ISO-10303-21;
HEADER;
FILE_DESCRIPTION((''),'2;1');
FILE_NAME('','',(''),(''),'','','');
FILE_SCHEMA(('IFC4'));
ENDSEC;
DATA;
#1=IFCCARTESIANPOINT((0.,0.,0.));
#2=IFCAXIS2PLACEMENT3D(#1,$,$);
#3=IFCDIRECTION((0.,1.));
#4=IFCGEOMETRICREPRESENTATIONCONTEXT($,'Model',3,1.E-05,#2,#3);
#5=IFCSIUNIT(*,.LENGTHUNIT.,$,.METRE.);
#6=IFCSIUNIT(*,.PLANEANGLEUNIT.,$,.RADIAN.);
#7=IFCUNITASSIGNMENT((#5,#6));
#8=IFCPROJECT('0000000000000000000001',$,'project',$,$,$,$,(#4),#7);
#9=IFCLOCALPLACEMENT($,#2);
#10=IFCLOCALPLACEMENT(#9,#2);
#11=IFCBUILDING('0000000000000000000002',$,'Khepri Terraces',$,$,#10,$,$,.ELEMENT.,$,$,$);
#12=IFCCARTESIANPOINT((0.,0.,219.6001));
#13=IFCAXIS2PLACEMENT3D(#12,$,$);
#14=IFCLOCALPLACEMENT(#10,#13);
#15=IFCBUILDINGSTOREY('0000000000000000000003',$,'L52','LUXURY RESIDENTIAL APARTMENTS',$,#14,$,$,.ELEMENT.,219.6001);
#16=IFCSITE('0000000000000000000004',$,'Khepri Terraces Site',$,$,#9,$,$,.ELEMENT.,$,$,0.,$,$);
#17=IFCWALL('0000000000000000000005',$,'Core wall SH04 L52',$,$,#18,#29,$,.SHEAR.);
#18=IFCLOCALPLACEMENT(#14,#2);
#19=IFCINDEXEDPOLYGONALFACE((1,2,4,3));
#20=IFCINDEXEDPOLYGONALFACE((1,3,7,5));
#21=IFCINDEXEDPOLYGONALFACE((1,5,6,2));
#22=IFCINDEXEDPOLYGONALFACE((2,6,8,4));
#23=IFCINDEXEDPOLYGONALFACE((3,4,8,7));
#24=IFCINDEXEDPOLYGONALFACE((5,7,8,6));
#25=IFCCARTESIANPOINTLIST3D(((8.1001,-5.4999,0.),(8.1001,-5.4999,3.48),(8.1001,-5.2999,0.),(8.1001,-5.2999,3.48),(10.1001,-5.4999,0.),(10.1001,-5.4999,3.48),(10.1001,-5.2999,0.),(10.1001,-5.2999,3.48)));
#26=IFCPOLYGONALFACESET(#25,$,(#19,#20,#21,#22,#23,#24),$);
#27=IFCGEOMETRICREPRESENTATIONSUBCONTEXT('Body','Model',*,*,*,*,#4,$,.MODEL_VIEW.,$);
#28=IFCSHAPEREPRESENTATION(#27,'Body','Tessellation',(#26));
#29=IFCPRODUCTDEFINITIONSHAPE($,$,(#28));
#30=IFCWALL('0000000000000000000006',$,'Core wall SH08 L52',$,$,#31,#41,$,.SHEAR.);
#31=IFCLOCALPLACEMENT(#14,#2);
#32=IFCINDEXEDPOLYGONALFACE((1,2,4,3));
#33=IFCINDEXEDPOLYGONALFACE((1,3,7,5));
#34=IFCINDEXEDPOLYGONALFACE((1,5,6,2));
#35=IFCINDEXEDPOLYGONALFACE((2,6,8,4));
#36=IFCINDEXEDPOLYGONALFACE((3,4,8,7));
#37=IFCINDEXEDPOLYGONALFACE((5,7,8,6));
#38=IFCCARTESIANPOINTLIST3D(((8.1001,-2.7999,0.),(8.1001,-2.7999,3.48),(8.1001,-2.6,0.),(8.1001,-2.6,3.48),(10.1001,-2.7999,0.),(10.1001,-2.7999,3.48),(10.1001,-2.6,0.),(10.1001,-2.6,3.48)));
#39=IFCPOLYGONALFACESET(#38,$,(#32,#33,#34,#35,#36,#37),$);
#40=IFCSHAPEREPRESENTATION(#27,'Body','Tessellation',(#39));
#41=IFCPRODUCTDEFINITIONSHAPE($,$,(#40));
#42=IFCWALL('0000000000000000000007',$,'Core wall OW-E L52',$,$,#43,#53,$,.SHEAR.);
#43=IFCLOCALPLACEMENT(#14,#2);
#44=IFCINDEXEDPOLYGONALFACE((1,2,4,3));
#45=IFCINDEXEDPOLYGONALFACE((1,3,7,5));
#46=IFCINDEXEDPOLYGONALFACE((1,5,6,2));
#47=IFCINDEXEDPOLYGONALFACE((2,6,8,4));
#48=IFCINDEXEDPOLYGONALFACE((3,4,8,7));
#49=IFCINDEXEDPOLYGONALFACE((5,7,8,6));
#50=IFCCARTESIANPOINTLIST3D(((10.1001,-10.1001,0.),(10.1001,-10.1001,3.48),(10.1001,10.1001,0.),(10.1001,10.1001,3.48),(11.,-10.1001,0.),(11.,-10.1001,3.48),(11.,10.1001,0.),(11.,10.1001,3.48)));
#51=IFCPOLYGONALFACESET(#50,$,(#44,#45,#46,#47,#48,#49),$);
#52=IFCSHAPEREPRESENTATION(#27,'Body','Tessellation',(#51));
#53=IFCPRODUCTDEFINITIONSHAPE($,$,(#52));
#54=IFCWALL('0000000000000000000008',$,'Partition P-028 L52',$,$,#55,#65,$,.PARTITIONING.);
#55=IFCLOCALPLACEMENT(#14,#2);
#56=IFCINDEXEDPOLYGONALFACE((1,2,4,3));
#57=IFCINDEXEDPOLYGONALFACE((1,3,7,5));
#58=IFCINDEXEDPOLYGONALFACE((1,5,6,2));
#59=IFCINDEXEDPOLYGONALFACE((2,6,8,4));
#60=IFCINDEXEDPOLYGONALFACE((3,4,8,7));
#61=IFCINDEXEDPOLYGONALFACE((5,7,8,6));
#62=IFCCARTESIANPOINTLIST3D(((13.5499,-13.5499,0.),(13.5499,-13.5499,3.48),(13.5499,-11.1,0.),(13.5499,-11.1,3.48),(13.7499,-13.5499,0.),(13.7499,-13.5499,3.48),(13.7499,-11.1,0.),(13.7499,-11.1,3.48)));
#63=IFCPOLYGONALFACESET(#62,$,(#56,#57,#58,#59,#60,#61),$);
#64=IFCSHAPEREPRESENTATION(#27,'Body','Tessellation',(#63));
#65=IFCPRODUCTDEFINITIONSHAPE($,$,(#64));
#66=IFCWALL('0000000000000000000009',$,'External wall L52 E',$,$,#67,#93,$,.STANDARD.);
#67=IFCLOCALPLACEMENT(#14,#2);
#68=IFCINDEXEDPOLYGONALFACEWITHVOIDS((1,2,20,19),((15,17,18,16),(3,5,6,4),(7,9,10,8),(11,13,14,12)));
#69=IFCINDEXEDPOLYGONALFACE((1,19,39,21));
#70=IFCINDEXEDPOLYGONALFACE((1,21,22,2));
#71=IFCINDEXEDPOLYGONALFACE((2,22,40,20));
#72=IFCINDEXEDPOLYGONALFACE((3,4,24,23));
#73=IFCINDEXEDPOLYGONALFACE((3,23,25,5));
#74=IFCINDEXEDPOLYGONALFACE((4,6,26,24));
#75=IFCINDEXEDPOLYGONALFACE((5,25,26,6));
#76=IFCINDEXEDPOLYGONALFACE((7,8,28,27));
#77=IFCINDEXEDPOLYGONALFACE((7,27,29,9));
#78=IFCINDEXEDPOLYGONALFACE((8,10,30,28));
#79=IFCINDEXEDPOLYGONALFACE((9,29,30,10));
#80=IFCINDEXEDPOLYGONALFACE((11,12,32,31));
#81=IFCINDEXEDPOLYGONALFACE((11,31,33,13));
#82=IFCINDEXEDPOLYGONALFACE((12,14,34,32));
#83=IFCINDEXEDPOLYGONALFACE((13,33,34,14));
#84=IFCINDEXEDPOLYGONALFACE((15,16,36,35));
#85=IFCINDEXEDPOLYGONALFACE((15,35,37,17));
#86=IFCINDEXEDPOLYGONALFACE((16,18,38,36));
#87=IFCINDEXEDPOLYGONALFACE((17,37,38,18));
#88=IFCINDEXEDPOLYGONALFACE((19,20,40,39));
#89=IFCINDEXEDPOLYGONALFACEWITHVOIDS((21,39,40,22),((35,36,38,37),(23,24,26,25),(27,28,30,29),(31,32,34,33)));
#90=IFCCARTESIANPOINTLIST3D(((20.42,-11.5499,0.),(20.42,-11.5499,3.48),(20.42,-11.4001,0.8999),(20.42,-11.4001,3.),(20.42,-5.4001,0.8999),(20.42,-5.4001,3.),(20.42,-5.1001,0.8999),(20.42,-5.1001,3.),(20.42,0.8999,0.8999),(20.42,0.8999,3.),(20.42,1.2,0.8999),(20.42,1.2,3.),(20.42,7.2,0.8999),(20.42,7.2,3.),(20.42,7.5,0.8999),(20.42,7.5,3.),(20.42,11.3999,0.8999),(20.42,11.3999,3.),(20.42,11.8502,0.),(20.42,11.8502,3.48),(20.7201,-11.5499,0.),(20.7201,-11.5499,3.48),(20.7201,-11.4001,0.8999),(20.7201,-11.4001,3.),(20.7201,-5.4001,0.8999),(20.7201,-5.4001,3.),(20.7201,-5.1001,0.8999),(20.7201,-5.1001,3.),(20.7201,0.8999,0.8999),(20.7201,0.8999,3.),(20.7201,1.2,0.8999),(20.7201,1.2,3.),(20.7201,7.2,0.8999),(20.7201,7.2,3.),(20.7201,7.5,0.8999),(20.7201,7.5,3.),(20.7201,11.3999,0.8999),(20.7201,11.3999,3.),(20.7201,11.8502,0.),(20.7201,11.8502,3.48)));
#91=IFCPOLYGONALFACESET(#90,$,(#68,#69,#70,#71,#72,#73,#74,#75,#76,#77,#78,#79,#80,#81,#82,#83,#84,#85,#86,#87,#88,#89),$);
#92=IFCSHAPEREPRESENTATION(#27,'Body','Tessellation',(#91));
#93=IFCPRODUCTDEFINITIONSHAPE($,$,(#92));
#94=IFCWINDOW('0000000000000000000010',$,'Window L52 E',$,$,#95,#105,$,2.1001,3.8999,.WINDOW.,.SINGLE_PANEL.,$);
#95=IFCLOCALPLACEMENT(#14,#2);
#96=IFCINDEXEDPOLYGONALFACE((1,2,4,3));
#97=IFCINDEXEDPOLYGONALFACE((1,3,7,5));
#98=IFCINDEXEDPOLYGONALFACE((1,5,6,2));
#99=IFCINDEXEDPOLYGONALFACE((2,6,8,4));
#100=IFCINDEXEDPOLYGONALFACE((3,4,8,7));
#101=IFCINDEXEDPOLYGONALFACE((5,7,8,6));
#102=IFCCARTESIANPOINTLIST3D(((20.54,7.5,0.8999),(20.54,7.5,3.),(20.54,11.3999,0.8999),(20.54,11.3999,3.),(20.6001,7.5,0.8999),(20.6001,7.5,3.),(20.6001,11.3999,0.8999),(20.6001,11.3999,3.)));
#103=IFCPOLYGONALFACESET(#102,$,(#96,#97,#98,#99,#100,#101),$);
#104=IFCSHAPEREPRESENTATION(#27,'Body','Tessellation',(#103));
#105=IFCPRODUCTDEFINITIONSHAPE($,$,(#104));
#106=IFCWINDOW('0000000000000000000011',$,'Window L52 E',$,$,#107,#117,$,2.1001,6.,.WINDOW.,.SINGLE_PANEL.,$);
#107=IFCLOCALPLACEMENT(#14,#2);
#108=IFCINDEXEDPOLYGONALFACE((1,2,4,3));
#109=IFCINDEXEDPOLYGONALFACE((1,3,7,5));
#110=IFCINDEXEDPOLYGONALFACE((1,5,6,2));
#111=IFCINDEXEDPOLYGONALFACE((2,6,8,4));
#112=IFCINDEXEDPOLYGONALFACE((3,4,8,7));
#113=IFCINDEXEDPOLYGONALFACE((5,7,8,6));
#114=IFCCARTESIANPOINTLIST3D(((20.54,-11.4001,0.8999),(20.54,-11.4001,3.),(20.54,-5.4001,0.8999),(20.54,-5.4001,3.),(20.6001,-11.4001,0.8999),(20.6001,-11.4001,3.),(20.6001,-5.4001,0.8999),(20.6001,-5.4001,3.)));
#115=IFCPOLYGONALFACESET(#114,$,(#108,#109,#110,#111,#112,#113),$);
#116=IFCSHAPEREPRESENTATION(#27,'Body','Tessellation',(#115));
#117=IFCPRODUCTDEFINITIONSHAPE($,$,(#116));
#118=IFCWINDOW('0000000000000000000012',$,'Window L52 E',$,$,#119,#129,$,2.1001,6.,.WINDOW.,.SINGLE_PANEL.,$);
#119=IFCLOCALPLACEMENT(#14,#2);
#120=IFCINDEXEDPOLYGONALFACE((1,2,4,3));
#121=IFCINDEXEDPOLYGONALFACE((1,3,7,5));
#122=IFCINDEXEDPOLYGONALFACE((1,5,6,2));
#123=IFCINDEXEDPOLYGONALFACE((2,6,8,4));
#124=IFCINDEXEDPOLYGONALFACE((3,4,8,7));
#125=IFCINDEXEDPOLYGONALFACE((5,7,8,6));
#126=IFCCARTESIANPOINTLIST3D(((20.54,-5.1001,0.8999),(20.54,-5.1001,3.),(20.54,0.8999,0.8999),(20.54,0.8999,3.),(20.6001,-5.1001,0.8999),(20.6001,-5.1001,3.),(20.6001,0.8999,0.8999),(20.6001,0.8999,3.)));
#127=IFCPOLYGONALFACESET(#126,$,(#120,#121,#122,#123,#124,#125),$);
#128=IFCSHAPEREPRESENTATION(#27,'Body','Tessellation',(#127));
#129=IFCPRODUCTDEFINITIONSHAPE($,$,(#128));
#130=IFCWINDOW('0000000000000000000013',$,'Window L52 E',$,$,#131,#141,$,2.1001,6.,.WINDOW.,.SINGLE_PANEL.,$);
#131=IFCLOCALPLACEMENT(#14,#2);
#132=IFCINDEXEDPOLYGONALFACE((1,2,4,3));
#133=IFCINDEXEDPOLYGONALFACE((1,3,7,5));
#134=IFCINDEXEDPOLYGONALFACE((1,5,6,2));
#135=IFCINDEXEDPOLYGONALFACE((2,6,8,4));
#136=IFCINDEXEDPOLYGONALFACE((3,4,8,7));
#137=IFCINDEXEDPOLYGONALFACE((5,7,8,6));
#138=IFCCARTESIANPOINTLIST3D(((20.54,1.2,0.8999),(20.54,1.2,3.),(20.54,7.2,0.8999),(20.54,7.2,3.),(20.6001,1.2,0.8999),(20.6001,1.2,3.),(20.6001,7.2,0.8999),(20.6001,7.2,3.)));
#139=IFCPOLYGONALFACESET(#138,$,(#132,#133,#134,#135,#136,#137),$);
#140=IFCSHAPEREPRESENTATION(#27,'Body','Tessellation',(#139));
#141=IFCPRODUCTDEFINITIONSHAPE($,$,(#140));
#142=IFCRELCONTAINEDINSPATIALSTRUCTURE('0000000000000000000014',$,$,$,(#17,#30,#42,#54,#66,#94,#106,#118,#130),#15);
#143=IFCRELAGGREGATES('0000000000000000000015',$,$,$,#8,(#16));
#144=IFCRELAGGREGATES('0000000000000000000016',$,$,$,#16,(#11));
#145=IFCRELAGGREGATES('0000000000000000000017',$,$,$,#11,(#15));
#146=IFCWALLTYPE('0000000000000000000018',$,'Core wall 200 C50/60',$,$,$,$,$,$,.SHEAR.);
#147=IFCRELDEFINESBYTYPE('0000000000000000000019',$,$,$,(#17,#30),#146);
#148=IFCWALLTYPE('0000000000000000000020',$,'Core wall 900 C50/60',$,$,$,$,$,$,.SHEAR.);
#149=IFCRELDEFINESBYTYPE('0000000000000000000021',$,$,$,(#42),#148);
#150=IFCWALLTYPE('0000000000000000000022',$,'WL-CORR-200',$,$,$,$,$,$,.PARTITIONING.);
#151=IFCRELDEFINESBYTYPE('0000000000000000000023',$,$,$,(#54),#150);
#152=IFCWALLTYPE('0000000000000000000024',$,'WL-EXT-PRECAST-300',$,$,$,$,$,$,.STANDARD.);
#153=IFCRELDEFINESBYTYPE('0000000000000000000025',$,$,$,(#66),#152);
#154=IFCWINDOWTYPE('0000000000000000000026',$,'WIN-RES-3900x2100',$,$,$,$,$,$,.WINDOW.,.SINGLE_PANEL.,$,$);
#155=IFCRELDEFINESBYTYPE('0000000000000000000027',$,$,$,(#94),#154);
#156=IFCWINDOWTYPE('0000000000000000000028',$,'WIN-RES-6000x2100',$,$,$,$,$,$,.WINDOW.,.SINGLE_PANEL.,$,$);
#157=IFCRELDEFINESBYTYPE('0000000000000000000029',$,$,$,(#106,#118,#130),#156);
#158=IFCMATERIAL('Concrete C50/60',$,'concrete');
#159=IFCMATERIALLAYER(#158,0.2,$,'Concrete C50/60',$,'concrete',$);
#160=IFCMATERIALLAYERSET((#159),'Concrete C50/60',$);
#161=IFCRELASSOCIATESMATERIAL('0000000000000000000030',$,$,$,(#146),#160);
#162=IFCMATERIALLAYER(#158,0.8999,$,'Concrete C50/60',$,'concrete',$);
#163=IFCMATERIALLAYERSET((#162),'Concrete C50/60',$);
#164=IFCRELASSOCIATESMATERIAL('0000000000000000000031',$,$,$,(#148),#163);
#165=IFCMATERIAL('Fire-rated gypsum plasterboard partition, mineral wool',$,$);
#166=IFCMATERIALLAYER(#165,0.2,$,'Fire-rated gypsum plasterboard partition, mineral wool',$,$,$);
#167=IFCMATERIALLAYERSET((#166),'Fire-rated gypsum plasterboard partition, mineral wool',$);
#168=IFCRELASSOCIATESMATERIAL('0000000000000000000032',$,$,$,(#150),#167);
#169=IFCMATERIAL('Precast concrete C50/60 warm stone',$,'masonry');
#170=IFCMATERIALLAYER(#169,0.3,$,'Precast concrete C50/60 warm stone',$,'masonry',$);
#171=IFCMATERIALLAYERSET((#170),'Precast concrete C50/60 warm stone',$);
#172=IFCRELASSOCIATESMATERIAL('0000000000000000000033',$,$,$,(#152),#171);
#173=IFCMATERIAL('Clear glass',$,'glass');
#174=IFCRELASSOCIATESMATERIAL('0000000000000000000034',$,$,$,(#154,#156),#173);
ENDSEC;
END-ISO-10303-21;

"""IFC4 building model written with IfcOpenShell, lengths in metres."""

from ifc_helpers import new_model, si_unit, direction, frame, frame_2d, origin, place, context, subcontext, project, spatial, rectangle, extrude, material, layer, layer_set, type_object, element, fill, save


model = new_model("IFC4")

# Units and contexts
model_context = context("Model", 3, precision=1e-05, world=origin(), true_north=direction((0.0, 1.0)))
body_context = subcontext(model_context, "Body", "Model", "MODEL_VIEW")
ifc_project = project(units=[si_unit("LENGTHUNIT", "METRE"), si_unit("PLANEANGLEUNIT", "RADIAN")], contexts=[model_context])

# Site, building, storey
site_placement = place(None, origin())
site = spatial("IfcSite", under=ifc_project, at=site_placement, Name="Khepri Terraces Site", CompositionType="ELEMENT", RefElevation=0.0)
building_placement = place(site_placement, origin())
building = spatial("IfcBuilding", under=site, at=building_placement, Name="Khepri Terraces", CompositionType="ELEMENT")
storey_placement = place(building_placement, frame((0.0, 0.0, 219.6001)))
storey = spatial("IfcBuildingStorey", under=building, at=storey_placement, Name="L52", Description="LUXURY RESIDENTIAL APARTMENTS", CompositionType="ELEMENT", Elevation=219.6001)

# Walls
ifc_material_1 = material(Name="Concrete C50/60", Category="concrete")
ifc_layer_1 = layer(ifc_material_1, 0.2, Name="Concrete C50/60", Category="concrete")
ifc_layer_set_1 = layer_set([ifc_layer_1], Name="Concrete C50/60")
wall_type_1 = type_object("IfcWallType", Name="Core wall 200 C50/60", PredefinedType="SHEAR", material=ifc_layer_set_1)
for number, where, z_axis, x_axis, name in (
    (1, (8.1001, -5.3999, 0.0), (0.0, 0.0, 1.0), (1.0, 0.0, 0.0), "Core wall SH04 L52"),
    (2, (8.1001, -2.7, 0.0), (0.0, 0.0, 1.0), (1.0, 0.0, 0.0), "Core wall SH08 L52"),
):
    element("IfcWall", number, at=place(storey_placement, frame(where, z_axis=z_axis, x_axis=x_axis)), inside=storey, type_object=wall_type_1, Name=name, PredefinedType="SHEAR", context=body_context, shape_type="SweptSolid", body=[
        extrude(rectangle(XDim=2.0, YDim=0.2, at=frame_2d((1.0, 0.0))), origin(), (0.0, 0.0, 1.0), 3.48),
    ])
ifc_layer_2 = layer(ifc_material_1, 0.8999, Name="Concrete C50/60", Category="concrete")
ifc_layer_set_2 = layer_set([ifc_layer_2], Name="Concrete C50/60")
wall_type_2 = type_object("IfcWallType", Name="Core wall 900 C50/60", PredefinedType="SHEAR", material=ifc_layer_set_2)
wall_1_placement = place(storey_placement, frame((10.55, -10.1001, 0.0), z_axis=(0.0, 0.0, 1.0), x_axis=(0.0, 1.0, 0.0)))
element("IfcWall", 3, at=wall_1_placement, inside=storey, type_object=wall_type_2, Name="Core wall OW-E L52", PredefinedType="SHEAR", context=body_context, shape_type="SweptSolid", body=[
    extrude(rectangle(XDim=20.2002, YDim=0.8999, at=frame_2d((10.1001, 0.0))), origin(), (0.0, 0.0, 1.0), 3.48),
])
ifc_material_2 = material(Name="Fire-rated gypsum plasterboard partition, mineral wool")
ifc_layer_3 = layer(ifc_material_2, 0.2, Name="Fire-rated gypsum plasterboard partition, mineral wool")
ifc_layer_set_3 = layer_set([ifc_layer_3], Name="Fire-rated gypsum plasterboard partition, mineral wool")
wall_type_3 = type_object("IfcWallType", Name="WL-CORR-200", PredefinedType="PARTITIONING", material=ifc_layer_set_3)
wall_2_placement = place(storey_placement, frame((13.6499, -13.55, 0.0), z_axis=(0.0, 0.0, 1.0), x_axis=(0.0, 1.0, 0.0)))
element("IfcWall", 4, at=wall_2_placement, inside=storey, type_object=wall_type_3, Name="Partition P-028 L52", PredefinedType="PARTITIONING", context=body_context, shape_type="SweptSolid", body=[
    extrude(rectangle(XDim=2.45, YDim=0.2, at=frame_2d((1.2251, 0.0))), origin(), (0.0, 0.0, 1.0), 3.48),
])

# Shared definitions
ifc_material_3 = material(Name="Precast concrete C50/60 warm stone", Category="masonry")
ifc_layer_4 = layer(ifc_material_3, 0.3, Name="Precast concrete C50/60 warm stone", Category="masonry")
ifc_layer_set_4 = layer_set([ifc_layer_4], Name="Precast concrete C50/60 warm stone")
wall_type_4 = type_object("IfcWallType", Name="WL-EXT-PRECAST-300", PredefinedType="STANDARD", material=ifc_layer_set_4)

# Wall, openings, windows
wall_3_placement = place(storey_placement, frame((20.5701, -11.55, 0.0), z_axis=(0.0, 0.0, 1.0), x_axis=(0.0, 1.0, 0.0)))
wall_3 = element("IfcWall", 5, at=wall_3_placement, inside=storey, type_object=wall_type_4, Name="External wall L52 E", PredefinedType="STANDARD", context=body_context, shape_type="SweptSolid", body=[
    extrude(rectangle(XDim=23.4001, YDim=0.3, at=frame_2d((11.7002, 0.0))), origin(), (0.0, 0.0, 1.0), 3.48),
])
opening_1_placement = place(wall_3_placement, frame((0.1499, 0.0, 0.8999)))
opening_1 = element("IfcOpeningElement", 6, at=opening_1_placement, cuts=wall_3, PredefinedType="OPENING", context=body_context, shape_type="SweptSolid", body=[
    extrude(rectangle(XDim=6.0, YDim=2.1001, at=frame_2d((3.0, 1.05))), frame((0.0, 0.1602, 0.0), z_axis=(0.0, -1.0, 0.0), x_axis=(1.0, 0.0, 0.0)), (0.0, 0.0, 1.0), 0.3201),
])
opening_2_placement = place(wall_3_placement, frame((6.45, 0.0, 0.8999)))
opening_2 = element("IfcOpeningElement", 7, at=opening_2_placement, cuts=wall_3, PredefinedType="OPENING", context=body_context, shape_type="SweptSolid", body=[
    extrude(rectangle(XDim=6.0, YDim=2.1001, at=frame_2d((3.0, 1.05))), frame((0.0, 0.1602, 0.0), z_axis=(0.0, -1.0, 0.0), x_axis=(1.0, 0.0, 0.0)), (0.0, 0.0, 1.0), 0.3201),
])
opening_3_placement = place(wall_3_placement, frame((12.75, 0.0, 0.8999)))
opening_3 = element("IfcOpeningElement", 8, at=opening_3_placement, cuts=wall_3, PredefinedType="OPENING", context=body_context, shape_type="SweptSolid", body=[
    extrude(rectangle(XDim=6.0, YDim=2.1001, at=frame_2d((3.0, 1.05))), frame((0.0, 0.1602, 0.0), z_axis=(0.0, -1.0, 0.0), x_axis=(1.0, 0.0, 0.0)), (0.0, 0.0, 1.0), 0.3201),
])
opening_4_placement = place(wall_3_placement, frame((19.05, 0.0, 0.8999)))
opening_4 = element("IfcOpeningElement", 9, at=opening_4_placement, cuts=wall_3, PredefinedType="OPENING", context=body_context, shape_type="SweptSolid", body=[
    extrude(rectangle(XDim=3.8999, YDim=2.1001, at=frame_2d((1.95, 1.05))), frame((0.0, 0.1602, 0.0), z_axis=(0.0, -1.0, 0.0), x_axis=(1.0, 0.0, 0.0)), (0.0, 0.0, 1.0), 0.3201),
])
ifc_material_4 = material(Name="Clear glass", Category="glass")
window_type_1 = type_object("IfcWindowType", Name="WIN-RES-3900x2100", PartitioningType="SINGLE_PANEL", PredefinedType="WINDOW", material=ifc_material_4)
window_1_placement = place(opening_4_placement, origin())
window_1 = element("IfcWindow", 10, at=window_1_placement, inside=storey, type_object=window_type_1, Name="Window L52 E", OverallHeight=2.1001, OverallWidth=3.8999, PartitioningType="SINGLE_PANEL", PredefinedType="WINDOW", context=body_context, shape_type="SweptSolid", body=[
    extrude(rectangle(XDim=3.8999, YDim=2.1001, at=frame_2d((1.95, 1.05))), frame((0.0, 0.03, 0.0), z_axis=(0.0, -1.0, 0.0), x_axis=(1.0, 0.0, 0.0)), (0.0, 0.0, 1.0), 0.0601),
])
fill(opening_4, window_1)
window_type_2 = type_object("IfcWindowType", Name="WIN-RES-6000x2100", PartitioningType="SINGLE_PANEL", PredefinedType="WINDOW", material=ifc_material_4)
window_2_placement = place(opening_1_placement, origin())
window_2 = element("IfcWindow", 11, at=window_2_placement, inside=storey, type_object=window_type_2, Name="Window L52 E", OverallHeight=2.1001, OverallWidth=6.0, PartitioningType="SINGLE_PANEL", PredefinedType="WINDOW", context=body_context, shape_type="SweptSolid", body=[
    extrude(rectangle(XDim=6.0, YDim=2.1001, at=frame_2d((3.0, 1.05))), frame((0.0, 0.03, 0.0), z_axis=(0.0, -1.0, 0.0), x_axis=(1.0, 0.0, 0.0)), (0.0, 0.0, 1.0), 0.0601),
])
fill(opening_1, window_2)
window_3_placement = place(opening_2_placement, origin())
window_3 = element("IfcWindow", 12, at=window_3_placement, inside=storey, type_object=window_type_2, Name="Window L52 E", OverallHeight=2.1001, OverallWidth=6.0, PartitioningType="SINGLE_PANEL", PredefinedType="WINDOW", context=body_context, shape_type="SweptSolid", body=[
    extrude(rectangle(XDim=6.0, YDim=2.1001, at=frame_2d((3.0, 1.05))), frame((0.0, 0.03, 0.0), z_axis=(0.0, -1.0, 0.0), x_axis=(1.0, 0.0, 0.0)), (0.0, 0.0, 1.0), 0.0601),
])
fill(opening_2, window_3)
window_4_placement = place(opening_3_placement, origin())
window_4 = element("IfcWindow", 13, at=window_4_placement, inside=storey, type_object=window_type_2, Name="Window L52 E", OverallHeight=2.1001, OverallWidth=6.0, PartitioningType="SINGLE_PANEL", PredefinedType="WINDOW", context=body_context, shape_type="SweptSolid", body=[
    extrude(rectangle(XDim=6.0, YDim=2.1001, at=frame_2d((3.0, 1.05))), frame((0.0, 0.03, 0.0), z_axis=(0.0, -1.0, 0.0), x_axis=(1.0, 0.0, 0.0)), (0.0, 0.0, 1.0), 0.0601),
])
fill(opening_3, window_4)

save(model, "model.ifc")
